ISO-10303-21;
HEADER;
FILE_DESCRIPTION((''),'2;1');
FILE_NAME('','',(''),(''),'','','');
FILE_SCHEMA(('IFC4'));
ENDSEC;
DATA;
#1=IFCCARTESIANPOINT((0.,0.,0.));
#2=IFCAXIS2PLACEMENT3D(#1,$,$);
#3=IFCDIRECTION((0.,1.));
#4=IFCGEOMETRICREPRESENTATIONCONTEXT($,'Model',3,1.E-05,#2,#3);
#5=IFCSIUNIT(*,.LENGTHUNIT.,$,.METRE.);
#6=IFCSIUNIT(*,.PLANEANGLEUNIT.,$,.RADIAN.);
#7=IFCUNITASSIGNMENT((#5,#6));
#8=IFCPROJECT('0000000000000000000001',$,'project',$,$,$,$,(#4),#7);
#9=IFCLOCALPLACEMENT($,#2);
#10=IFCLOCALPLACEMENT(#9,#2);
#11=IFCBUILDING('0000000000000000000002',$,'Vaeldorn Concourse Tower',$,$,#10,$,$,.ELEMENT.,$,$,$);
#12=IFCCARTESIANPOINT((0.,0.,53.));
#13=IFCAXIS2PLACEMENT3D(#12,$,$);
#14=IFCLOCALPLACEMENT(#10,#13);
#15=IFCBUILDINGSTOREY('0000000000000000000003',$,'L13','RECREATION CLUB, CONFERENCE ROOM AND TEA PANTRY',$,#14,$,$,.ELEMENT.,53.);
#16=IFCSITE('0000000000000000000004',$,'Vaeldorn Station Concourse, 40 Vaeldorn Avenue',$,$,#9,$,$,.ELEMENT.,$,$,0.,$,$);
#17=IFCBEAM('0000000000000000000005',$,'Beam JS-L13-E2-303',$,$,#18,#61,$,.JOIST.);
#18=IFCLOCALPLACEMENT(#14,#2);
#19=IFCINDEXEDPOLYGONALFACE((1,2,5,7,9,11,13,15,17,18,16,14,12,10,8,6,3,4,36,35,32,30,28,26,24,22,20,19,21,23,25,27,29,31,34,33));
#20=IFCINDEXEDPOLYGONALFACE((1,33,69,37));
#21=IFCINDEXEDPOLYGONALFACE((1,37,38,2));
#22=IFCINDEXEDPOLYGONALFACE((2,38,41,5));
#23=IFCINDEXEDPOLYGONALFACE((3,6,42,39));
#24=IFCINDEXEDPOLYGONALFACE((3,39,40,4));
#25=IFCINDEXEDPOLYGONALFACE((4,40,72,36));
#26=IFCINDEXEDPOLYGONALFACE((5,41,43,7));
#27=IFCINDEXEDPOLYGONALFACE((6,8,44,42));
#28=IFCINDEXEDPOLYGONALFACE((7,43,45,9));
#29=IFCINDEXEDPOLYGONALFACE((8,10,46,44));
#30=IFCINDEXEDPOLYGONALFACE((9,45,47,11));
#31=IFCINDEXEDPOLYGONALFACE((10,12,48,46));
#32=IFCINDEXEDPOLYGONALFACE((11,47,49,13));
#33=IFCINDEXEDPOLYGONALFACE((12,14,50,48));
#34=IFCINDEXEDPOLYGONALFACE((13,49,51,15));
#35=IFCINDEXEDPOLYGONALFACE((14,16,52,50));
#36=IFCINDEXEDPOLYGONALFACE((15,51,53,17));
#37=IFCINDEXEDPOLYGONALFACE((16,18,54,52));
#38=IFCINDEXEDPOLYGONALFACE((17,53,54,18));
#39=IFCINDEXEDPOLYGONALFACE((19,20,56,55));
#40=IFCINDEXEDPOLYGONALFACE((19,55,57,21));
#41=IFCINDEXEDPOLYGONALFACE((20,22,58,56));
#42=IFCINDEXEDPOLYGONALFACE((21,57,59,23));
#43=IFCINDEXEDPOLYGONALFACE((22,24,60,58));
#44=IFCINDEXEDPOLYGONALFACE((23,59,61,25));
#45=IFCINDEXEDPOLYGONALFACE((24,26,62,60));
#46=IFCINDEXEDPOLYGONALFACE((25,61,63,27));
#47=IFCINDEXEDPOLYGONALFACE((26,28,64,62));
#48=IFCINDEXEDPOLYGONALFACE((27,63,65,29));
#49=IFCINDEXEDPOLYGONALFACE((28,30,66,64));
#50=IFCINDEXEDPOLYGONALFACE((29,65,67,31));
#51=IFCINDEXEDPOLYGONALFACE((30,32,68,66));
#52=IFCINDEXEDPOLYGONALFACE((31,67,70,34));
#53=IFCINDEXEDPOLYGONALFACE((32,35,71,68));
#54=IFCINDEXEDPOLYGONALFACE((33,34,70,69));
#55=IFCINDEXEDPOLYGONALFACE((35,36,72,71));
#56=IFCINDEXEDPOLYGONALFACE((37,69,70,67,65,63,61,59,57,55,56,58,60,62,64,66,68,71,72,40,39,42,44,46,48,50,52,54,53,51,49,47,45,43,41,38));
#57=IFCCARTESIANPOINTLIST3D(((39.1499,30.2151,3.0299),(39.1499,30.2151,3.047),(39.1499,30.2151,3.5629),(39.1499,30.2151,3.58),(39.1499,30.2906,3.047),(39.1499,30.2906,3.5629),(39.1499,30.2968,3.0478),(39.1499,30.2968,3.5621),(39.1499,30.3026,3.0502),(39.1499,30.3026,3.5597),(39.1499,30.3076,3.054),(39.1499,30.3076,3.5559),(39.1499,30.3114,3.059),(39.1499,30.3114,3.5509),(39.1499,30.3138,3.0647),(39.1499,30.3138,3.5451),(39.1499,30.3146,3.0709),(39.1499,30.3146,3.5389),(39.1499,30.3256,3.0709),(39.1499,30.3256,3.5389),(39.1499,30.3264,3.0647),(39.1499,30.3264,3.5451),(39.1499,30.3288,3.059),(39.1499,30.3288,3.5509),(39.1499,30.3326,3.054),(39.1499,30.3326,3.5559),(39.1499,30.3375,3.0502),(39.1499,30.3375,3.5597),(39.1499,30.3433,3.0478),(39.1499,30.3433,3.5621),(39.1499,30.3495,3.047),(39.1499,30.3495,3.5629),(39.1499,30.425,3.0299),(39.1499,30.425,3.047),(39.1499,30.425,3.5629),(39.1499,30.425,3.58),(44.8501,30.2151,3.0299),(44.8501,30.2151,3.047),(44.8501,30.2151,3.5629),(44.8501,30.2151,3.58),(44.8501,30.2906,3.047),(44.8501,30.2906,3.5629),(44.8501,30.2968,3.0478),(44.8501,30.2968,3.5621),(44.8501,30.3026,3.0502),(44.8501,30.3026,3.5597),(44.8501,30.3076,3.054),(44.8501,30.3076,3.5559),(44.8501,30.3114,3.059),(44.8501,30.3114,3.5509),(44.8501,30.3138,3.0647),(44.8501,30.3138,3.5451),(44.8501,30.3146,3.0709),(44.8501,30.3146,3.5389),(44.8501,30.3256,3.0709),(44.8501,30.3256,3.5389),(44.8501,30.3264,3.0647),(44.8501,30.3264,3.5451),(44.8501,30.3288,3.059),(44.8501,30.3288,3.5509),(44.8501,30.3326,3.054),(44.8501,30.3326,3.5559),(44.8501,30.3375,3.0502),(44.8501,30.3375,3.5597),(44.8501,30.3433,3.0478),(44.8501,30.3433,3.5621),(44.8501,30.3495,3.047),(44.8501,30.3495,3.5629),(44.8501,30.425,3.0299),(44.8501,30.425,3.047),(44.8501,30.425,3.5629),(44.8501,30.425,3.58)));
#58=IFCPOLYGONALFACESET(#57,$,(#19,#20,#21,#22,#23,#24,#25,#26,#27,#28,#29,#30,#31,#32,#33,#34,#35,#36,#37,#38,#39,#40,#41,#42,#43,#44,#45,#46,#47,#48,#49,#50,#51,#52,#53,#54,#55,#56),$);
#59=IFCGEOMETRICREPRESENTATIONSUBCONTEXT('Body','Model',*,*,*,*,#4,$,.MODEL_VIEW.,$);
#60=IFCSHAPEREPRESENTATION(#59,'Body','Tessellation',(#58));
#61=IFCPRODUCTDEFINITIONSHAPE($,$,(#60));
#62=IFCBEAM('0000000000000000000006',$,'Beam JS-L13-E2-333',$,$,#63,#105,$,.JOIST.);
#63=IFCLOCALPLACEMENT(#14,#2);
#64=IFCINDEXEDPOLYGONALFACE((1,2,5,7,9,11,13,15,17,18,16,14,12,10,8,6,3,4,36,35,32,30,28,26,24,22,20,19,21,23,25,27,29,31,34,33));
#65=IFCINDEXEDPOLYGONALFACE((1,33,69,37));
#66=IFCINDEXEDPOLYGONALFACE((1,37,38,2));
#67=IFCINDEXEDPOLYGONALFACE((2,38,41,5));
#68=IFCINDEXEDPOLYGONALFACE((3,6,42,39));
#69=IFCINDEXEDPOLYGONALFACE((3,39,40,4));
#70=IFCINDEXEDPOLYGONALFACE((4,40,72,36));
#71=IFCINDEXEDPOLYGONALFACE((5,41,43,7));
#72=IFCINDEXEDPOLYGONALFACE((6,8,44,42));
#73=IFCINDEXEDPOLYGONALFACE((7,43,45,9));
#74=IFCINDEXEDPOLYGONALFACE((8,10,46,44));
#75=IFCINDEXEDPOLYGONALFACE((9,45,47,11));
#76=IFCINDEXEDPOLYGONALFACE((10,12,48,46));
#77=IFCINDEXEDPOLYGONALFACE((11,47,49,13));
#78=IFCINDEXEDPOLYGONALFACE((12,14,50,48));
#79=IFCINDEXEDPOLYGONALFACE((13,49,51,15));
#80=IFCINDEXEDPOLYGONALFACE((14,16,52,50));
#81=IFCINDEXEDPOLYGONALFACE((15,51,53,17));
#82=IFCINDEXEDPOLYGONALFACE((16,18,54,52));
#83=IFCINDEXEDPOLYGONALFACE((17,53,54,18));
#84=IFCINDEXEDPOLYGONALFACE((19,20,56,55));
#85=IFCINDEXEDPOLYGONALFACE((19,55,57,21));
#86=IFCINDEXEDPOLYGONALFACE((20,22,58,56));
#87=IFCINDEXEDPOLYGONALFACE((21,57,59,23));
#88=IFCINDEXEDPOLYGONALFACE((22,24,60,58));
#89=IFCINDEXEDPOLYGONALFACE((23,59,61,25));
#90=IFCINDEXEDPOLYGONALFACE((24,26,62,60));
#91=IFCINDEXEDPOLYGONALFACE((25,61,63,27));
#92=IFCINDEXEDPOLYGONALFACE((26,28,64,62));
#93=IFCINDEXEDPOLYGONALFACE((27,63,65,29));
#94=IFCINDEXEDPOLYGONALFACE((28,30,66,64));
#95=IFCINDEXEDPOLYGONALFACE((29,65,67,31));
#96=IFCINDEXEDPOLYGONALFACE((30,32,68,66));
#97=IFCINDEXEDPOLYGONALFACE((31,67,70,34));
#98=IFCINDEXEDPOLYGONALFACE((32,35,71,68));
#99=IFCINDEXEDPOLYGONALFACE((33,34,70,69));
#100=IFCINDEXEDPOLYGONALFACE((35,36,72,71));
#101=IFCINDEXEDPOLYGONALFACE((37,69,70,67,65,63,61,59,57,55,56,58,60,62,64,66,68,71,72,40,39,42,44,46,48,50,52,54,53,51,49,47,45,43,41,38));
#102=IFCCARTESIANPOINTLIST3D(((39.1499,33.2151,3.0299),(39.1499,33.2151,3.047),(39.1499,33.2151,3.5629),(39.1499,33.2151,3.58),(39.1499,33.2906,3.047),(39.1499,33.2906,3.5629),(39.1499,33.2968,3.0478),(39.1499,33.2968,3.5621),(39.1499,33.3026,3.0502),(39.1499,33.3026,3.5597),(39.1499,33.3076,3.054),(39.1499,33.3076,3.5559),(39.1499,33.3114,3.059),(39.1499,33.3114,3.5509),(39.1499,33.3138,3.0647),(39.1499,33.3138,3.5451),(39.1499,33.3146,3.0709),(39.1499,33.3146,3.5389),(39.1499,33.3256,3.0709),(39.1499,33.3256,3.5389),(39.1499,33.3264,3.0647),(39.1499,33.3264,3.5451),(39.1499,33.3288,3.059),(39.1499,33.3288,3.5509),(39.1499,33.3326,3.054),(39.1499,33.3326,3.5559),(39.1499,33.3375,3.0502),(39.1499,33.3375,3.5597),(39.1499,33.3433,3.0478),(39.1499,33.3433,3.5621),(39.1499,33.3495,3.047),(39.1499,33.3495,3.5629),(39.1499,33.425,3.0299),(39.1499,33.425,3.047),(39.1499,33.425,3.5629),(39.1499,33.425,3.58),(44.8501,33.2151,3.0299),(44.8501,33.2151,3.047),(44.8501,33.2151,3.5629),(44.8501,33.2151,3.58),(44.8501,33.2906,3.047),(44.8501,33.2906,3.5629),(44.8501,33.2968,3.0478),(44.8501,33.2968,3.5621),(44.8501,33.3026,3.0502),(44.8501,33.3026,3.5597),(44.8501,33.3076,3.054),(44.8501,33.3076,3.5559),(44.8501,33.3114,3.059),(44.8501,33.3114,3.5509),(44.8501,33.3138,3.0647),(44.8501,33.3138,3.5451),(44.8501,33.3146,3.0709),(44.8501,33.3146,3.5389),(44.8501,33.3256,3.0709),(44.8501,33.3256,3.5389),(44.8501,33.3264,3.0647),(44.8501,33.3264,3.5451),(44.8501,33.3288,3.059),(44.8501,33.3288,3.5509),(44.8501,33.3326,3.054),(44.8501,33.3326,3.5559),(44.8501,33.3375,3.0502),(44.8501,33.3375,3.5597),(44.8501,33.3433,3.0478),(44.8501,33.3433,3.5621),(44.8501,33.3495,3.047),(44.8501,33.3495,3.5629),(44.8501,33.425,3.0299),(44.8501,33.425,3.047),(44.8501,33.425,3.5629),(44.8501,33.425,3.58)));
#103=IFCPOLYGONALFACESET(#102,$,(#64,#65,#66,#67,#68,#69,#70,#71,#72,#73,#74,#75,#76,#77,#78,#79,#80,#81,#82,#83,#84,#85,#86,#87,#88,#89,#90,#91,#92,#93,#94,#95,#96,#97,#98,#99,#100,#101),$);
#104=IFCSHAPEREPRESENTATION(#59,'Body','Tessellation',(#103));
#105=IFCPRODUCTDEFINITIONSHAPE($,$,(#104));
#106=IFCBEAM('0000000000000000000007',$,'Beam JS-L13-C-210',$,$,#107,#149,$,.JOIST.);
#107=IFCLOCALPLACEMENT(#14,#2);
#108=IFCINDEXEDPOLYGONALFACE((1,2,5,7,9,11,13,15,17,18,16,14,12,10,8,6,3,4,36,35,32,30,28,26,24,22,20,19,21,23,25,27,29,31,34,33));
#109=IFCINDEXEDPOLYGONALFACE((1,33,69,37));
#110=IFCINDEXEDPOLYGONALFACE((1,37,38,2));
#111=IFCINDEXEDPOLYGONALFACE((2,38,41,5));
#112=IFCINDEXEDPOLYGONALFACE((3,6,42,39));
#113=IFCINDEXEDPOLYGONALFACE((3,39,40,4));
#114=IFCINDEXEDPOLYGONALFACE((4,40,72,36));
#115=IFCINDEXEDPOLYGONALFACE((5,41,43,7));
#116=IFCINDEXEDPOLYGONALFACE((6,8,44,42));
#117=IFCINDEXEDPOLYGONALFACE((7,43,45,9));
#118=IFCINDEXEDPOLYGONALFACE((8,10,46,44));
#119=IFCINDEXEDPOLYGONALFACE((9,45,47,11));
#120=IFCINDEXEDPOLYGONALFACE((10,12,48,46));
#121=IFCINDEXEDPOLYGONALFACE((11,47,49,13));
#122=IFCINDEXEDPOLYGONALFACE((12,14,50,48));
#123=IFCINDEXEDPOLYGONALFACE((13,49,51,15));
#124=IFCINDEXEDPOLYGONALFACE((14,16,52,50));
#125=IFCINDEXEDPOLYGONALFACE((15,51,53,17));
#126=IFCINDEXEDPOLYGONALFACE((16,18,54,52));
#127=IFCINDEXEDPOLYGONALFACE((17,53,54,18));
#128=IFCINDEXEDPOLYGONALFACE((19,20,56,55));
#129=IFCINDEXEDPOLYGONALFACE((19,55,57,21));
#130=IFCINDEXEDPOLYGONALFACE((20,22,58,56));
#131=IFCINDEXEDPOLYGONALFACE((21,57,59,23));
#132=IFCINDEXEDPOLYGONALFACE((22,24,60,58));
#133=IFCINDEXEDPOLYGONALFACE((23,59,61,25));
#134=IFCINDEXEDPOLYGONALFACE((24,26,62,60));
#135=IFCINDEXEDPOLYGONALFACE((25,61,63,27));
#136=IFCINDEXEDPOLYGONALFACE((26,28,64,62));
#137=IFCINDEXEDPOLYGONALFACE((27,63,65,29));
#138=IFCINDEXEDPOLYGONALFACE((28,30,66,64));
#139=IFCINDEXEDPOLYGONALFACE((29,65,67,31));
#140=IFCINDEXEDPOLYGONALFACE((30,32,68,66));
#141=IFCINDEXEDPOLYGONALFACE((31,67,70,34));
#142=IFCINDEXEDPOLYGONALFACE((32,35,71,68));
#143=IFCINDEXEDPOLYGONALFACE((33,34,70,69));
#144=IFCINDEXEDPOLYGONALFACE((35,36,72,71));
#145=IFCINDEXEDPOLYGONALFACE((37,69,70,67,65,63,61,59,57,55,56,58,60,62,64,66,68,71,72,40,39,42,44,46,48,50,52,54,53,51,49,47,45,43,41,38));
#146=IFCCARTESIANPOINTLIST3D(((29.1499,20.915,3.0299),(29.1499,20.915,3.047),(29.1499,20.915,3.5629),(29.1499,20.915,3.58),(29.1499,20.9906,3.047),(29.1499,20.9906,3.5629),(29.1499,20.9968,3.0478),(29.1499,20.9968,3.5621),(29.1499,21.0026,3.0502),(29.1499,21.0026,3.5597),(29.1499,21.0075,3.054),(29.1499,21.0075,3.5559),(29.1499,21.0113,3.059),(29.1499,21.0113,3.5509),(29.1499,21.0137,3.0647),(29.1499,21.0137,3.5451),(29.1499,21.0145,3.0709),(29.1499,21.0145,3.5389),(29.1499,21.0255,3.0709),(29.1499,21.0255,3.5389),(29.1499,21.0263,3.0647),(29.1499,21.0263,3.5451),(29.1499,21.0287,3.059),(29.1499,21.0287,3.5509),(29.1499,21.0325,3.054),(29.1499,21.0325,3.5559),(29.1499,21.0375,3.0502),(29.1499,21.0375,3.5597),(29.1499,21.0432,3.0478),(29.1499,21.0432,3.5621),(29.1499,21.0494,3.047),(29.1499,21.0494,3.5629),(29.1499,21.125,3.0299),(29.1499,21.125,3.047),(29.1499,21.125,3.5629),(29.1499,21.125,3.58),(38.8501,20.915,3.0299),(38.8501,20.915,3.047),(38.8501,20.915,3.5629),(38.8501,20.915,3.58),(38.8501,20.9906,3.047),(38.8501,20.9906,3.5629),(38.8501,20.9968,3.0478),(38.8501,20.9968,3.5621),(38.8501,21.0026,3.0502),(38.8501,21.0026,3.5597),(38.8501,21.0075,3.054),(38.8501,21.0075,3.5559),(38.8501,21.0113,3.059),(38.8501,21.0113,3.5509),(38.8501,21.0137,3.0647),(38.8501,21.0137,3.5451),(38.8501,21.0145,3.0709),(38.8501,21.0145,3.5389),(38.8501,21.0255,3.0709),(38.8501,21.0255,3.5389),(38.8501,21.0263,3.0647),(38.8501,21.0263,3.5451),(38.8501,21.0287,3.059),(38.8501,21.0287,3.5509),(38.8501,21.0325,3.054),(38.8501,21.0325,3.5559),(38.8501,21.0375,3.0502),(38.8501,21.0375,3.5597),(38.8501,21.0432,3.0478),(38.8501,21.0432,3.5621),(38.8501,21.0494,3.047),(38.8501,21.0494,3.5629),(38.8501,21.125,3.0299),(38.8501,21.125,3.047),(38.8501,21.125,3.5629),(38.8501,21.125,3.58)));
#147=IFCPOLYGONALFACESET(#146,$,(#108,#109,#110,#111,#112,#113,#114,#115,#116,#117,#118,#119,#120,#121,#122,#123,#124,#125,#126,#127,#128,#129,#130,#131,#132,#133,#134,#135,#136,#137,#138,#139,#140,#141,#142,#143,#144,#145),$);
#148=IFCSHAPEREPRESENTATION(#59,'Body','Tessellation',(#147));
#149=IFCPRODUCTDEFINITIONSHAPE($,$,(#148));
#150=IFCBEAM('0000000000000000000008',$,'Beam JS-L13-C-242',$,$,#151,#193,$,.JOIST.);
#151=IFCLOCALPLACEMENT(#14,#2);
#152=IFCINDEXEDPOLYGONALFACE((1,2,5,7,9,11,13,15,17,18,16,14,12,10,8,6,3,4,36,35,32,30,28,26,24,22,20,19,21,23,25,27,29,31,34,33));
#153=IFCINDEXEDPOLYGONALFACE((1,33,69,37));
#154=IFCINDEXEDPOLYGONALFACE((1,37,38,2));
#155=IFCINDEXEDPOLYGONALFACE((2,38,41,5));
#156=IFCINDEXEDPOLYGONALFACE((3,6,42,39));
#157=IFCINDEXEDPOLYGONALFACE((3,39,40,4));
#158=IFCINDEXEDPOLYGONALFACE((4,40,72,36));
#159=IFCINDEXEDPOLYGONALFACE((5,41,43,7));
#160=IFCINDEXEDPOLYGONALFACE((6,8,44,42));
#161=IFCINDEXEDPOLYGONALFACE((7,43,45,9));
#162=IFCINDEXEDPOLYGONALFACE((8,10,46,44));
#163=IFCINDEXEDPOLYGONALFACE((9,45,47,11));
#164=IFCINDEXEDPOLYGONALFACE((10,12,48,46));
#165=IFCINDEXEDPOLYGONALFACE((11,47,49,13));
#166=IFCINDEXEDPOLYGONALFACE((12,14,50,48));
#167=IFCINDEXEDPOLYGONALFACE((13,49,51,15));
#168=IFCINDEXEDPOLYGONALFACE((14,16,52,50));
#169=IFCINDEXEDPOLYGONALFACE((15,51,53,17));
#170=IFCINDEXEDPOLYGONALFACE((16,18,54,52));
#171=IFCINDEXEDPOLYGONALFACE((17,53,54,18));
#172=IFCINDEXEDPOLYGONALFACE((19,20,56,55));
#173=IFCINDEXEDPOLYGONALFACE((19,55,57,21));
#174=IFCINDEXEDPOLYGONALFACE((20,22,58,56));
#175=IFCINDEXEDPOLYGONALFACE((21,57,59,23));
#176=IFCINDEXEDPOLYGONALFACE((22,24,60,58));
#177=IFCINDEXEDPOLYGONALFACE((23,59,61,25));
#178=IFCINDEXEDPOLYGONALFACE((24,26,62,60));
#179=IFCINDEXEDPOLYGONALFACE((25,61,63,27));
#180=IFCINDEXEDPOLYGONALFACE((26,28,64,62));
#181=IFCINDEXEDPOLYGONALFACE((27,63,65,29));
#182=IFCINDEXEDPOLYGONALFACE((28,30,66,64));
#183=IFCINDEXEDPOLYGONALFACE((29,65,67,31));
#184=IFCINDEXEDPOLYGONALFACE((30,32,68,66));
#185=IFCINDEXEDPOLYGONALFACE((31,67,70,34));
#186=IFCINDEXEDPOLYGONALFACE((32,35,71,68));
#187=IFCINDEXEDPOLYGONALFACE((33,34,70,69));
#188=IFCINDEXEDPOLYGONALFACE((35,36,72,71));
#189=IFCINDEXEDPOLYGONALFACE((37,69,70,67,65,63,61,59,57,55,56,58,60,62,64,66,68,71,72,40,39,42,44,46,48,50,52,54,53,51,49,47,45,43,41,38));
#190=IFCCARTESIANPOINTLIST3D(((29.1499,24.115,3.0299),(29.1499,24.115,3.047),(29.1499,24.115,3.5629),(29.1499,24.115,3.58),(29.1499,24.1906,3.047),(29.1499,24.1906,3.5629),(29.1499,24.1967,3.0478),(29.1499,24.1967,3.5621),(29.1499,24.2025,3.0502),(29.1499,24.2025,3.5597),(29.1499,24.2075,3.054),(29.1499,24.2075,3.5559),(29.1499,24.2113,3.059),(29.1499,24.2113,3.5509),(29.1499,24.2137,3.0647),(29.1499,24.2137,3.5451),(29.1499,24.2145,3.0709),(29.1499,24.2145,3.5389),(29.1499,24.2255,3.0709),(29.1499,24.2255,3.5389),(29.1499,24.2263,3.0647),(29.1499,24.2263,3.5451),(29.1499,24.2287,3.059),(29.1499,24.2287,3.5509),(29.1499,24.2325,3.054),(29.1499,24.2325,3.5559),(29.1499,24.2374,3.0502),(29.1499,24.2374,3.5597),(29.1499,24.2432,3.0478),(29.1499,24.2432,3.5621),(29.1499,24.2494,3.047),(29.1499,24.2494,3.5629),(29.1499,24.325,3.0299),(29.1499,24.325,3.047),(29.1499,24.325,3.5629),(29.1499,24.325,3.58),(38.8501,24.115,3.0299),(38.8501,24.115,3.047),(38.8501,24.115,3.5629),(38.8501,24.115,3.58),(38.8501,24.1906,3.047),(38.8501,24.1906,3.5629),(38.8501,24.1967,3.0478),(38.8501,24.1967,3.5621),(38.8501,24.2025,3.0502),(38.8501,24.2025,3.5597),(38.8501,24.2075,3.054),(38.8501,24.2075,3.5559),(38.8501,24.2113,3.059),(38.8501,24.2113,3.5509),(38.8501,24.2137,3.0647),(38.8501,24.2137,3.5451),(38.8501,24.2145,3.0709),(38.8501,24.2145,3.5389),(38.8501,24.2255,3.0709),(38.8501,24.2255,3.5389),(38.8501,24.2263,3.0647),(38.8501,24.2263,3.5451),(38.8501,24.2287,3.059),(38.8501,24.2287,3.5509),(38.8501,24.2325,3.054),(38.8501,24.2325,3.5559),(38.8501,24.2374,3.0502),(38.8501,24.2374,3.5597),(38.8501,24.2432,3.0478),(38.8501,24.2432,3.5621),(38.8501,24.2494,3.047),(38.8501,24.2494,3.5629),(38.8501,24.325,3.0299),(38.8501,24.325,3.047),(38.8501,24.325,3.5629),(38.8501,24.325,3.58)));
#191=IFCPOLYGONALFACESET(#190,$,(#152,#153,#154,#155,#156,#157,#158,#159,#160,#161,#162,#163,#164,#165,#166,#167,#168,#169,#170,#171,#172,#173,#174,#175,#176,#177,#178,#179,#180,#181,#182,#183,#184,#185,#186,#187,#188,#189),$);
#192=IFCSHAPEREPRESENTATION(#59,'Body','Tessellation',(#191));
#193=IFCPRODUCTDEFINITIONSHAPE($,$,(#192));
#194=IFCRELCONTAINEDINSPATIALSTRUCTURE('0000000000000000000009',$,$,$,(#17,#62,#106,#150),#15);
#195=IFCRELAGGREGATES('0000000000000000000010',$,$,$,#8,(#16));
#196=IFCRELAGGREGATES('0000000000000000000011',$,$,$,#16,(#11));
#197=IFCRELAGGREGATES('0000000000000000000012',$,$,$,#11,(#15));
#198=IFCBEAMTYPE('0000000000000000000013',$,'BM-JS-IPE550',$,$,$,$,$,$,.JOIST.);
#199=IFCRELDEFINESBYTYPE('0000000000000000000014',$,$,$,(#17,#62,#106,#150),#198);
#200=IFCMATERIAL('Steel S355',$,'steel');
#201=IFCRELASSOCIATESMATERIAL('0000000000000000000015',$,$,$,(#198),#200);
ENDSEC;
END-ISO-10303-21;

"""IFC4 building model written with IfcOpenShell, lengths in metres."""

from ifc_helpers import new_model, si_unit, direction, frame, origin, origin_2d, place, context, subcontext, project, spatial, i_section, extrude, source, transform, mapped, material, material_profile, profile_set, type_object, element, save


model = new_model("IFC4")

# Units and contexts
model_context = context("Model", 3, precision=1e-05, world=origin(), true_north=direction((0.0, 1.0)))
body_context = subcontext(model_context, "Body", "Model", "MODEL_VIEW")
ifc_project = project(units=[si_unit("LENGTHUNIT", "METRE"), si_unit("PLANEANGLEUNIT", "RADIAN")], contexts=[model_context])

# Site, building, storey
site_placement = place(None, origin())
site = spatial("IfcSite", under=ifc_project, at=site_placement, Name="Vaeldorn Station Concourse, 40 Vaeldorn Avenue", CompositionType="ELEMENT", RefElevation=0.0)
building_placement = place(site_placement, origin())
building = spatial("IfcBuilding", under=site, at=building_placement, Name="Vaeldorn Concourse Tower", CompositionType="ELEMENT")
storey_placement = place(building_placement, frame((0.0, 0.0, 53.0)))
storey = spatial("IfcBuildingStorey", under=building, at=storey_placement, Name="L13", Description="RECREATION CLUB, CONFERENCE ROOM AND TEA PANTRY", CompositionType="ELEMENT", Elevation=53.0)

# Beams
ifc_material_1 = material(Name="Steel S355", Category="steel")
ifc_material_profile_1 = material_profile(ifc_material_1, i_section(OverallWidth=0.21, OverallDepth=0.55, WebThickness=0.011, FlangeThickness=0.0171, FilletRadius=0.0239, at=origin_2d()), Name="IPE 550")
ifc_profile_set_1 = profile_set([ifc_material_profile_1], Name="Steel S355")
beam_type_1 = type_object("IfcBeamType", Name="BM-JS-IPE550", PredefinedType="JOIST", material=ifc_profile_set_1)
shared_shape_1 = source(origin(), body_context, "Body", "SweptSolid", [
    extrude(i_section(OverallWidth=0.21, OverallDepth=0.55, WebThickness=0.011, FlangeThickness=0.0171, FilletRadius=0.0239, at=origin_2d()), origin(), (0.0, 0.0, 1.0), 5.7002),
])
for number, where, z_axis, x_axis, name in (
    (1, (39.1499, 30.3201, 3.3049), (1.0, 0.0, 0.0), (0.0, 1.0, 0.0), "Beam JS-L13-E2-303"),
    (2, (39.1499, 33.3201, 3.3049), (1.0, 0.0, 0.0), (0.0, 1.0, 0.0), "Beam JS-L13-E2-333"),
):
    element("IfcBeam", number, at=place(storey_placement, frame(where, z_axis=z_axis, x_axis=x_axis)), inside=storey, type_object=beam_type_1, Name=name, PredefinedType="JOIST", context=body_context, shape_type="MappedRepresentation", body=[
        mapped(shared_shape_1, transform((0.0, 0.0, 0.0), scale=1.0)),
    ])
shared_shape_2 = source(origin(), body_context, "Body", "SweptSolid", [
    extrude(i_section(OverallWidth=0.21, OverallDepth=0.55, WebThickness=0.011, FlangeThickness=0.0171, FilletRadius=0.0239, at=origin_2d()), origin(), (0.0, 0.0, 1.0), 9.7002),
])
for number, where, z_axis, x_axis, name in (
    (3, (29.1499, 21.02, 3.3049), (1.0, 0.0, 0.0), (0.0, 1.0, 0.0), "Beam JS-L13-C-210"),
    (4, (29.1499, 24.22, 3.3049), (1.0, 0.0, 0.0), (0.0, 1.0, 0.0), "Beam JS-L13-C-242"),
):
    element("IfcBeam", number, at=place(storey_placement, frame(where, z_axis=z_axis, x_axis=x_axis)), inside=storey, type_object=beam_type_1, Name=name, PredefinedType="JOIST", context=body_context, shape_type="MappedRepresentation", body=[
        mapped(shared_shape_2, transform((0.0, 0.0, 0.0), scale=1.0)),
    ])

save(model, "model.ifc")
